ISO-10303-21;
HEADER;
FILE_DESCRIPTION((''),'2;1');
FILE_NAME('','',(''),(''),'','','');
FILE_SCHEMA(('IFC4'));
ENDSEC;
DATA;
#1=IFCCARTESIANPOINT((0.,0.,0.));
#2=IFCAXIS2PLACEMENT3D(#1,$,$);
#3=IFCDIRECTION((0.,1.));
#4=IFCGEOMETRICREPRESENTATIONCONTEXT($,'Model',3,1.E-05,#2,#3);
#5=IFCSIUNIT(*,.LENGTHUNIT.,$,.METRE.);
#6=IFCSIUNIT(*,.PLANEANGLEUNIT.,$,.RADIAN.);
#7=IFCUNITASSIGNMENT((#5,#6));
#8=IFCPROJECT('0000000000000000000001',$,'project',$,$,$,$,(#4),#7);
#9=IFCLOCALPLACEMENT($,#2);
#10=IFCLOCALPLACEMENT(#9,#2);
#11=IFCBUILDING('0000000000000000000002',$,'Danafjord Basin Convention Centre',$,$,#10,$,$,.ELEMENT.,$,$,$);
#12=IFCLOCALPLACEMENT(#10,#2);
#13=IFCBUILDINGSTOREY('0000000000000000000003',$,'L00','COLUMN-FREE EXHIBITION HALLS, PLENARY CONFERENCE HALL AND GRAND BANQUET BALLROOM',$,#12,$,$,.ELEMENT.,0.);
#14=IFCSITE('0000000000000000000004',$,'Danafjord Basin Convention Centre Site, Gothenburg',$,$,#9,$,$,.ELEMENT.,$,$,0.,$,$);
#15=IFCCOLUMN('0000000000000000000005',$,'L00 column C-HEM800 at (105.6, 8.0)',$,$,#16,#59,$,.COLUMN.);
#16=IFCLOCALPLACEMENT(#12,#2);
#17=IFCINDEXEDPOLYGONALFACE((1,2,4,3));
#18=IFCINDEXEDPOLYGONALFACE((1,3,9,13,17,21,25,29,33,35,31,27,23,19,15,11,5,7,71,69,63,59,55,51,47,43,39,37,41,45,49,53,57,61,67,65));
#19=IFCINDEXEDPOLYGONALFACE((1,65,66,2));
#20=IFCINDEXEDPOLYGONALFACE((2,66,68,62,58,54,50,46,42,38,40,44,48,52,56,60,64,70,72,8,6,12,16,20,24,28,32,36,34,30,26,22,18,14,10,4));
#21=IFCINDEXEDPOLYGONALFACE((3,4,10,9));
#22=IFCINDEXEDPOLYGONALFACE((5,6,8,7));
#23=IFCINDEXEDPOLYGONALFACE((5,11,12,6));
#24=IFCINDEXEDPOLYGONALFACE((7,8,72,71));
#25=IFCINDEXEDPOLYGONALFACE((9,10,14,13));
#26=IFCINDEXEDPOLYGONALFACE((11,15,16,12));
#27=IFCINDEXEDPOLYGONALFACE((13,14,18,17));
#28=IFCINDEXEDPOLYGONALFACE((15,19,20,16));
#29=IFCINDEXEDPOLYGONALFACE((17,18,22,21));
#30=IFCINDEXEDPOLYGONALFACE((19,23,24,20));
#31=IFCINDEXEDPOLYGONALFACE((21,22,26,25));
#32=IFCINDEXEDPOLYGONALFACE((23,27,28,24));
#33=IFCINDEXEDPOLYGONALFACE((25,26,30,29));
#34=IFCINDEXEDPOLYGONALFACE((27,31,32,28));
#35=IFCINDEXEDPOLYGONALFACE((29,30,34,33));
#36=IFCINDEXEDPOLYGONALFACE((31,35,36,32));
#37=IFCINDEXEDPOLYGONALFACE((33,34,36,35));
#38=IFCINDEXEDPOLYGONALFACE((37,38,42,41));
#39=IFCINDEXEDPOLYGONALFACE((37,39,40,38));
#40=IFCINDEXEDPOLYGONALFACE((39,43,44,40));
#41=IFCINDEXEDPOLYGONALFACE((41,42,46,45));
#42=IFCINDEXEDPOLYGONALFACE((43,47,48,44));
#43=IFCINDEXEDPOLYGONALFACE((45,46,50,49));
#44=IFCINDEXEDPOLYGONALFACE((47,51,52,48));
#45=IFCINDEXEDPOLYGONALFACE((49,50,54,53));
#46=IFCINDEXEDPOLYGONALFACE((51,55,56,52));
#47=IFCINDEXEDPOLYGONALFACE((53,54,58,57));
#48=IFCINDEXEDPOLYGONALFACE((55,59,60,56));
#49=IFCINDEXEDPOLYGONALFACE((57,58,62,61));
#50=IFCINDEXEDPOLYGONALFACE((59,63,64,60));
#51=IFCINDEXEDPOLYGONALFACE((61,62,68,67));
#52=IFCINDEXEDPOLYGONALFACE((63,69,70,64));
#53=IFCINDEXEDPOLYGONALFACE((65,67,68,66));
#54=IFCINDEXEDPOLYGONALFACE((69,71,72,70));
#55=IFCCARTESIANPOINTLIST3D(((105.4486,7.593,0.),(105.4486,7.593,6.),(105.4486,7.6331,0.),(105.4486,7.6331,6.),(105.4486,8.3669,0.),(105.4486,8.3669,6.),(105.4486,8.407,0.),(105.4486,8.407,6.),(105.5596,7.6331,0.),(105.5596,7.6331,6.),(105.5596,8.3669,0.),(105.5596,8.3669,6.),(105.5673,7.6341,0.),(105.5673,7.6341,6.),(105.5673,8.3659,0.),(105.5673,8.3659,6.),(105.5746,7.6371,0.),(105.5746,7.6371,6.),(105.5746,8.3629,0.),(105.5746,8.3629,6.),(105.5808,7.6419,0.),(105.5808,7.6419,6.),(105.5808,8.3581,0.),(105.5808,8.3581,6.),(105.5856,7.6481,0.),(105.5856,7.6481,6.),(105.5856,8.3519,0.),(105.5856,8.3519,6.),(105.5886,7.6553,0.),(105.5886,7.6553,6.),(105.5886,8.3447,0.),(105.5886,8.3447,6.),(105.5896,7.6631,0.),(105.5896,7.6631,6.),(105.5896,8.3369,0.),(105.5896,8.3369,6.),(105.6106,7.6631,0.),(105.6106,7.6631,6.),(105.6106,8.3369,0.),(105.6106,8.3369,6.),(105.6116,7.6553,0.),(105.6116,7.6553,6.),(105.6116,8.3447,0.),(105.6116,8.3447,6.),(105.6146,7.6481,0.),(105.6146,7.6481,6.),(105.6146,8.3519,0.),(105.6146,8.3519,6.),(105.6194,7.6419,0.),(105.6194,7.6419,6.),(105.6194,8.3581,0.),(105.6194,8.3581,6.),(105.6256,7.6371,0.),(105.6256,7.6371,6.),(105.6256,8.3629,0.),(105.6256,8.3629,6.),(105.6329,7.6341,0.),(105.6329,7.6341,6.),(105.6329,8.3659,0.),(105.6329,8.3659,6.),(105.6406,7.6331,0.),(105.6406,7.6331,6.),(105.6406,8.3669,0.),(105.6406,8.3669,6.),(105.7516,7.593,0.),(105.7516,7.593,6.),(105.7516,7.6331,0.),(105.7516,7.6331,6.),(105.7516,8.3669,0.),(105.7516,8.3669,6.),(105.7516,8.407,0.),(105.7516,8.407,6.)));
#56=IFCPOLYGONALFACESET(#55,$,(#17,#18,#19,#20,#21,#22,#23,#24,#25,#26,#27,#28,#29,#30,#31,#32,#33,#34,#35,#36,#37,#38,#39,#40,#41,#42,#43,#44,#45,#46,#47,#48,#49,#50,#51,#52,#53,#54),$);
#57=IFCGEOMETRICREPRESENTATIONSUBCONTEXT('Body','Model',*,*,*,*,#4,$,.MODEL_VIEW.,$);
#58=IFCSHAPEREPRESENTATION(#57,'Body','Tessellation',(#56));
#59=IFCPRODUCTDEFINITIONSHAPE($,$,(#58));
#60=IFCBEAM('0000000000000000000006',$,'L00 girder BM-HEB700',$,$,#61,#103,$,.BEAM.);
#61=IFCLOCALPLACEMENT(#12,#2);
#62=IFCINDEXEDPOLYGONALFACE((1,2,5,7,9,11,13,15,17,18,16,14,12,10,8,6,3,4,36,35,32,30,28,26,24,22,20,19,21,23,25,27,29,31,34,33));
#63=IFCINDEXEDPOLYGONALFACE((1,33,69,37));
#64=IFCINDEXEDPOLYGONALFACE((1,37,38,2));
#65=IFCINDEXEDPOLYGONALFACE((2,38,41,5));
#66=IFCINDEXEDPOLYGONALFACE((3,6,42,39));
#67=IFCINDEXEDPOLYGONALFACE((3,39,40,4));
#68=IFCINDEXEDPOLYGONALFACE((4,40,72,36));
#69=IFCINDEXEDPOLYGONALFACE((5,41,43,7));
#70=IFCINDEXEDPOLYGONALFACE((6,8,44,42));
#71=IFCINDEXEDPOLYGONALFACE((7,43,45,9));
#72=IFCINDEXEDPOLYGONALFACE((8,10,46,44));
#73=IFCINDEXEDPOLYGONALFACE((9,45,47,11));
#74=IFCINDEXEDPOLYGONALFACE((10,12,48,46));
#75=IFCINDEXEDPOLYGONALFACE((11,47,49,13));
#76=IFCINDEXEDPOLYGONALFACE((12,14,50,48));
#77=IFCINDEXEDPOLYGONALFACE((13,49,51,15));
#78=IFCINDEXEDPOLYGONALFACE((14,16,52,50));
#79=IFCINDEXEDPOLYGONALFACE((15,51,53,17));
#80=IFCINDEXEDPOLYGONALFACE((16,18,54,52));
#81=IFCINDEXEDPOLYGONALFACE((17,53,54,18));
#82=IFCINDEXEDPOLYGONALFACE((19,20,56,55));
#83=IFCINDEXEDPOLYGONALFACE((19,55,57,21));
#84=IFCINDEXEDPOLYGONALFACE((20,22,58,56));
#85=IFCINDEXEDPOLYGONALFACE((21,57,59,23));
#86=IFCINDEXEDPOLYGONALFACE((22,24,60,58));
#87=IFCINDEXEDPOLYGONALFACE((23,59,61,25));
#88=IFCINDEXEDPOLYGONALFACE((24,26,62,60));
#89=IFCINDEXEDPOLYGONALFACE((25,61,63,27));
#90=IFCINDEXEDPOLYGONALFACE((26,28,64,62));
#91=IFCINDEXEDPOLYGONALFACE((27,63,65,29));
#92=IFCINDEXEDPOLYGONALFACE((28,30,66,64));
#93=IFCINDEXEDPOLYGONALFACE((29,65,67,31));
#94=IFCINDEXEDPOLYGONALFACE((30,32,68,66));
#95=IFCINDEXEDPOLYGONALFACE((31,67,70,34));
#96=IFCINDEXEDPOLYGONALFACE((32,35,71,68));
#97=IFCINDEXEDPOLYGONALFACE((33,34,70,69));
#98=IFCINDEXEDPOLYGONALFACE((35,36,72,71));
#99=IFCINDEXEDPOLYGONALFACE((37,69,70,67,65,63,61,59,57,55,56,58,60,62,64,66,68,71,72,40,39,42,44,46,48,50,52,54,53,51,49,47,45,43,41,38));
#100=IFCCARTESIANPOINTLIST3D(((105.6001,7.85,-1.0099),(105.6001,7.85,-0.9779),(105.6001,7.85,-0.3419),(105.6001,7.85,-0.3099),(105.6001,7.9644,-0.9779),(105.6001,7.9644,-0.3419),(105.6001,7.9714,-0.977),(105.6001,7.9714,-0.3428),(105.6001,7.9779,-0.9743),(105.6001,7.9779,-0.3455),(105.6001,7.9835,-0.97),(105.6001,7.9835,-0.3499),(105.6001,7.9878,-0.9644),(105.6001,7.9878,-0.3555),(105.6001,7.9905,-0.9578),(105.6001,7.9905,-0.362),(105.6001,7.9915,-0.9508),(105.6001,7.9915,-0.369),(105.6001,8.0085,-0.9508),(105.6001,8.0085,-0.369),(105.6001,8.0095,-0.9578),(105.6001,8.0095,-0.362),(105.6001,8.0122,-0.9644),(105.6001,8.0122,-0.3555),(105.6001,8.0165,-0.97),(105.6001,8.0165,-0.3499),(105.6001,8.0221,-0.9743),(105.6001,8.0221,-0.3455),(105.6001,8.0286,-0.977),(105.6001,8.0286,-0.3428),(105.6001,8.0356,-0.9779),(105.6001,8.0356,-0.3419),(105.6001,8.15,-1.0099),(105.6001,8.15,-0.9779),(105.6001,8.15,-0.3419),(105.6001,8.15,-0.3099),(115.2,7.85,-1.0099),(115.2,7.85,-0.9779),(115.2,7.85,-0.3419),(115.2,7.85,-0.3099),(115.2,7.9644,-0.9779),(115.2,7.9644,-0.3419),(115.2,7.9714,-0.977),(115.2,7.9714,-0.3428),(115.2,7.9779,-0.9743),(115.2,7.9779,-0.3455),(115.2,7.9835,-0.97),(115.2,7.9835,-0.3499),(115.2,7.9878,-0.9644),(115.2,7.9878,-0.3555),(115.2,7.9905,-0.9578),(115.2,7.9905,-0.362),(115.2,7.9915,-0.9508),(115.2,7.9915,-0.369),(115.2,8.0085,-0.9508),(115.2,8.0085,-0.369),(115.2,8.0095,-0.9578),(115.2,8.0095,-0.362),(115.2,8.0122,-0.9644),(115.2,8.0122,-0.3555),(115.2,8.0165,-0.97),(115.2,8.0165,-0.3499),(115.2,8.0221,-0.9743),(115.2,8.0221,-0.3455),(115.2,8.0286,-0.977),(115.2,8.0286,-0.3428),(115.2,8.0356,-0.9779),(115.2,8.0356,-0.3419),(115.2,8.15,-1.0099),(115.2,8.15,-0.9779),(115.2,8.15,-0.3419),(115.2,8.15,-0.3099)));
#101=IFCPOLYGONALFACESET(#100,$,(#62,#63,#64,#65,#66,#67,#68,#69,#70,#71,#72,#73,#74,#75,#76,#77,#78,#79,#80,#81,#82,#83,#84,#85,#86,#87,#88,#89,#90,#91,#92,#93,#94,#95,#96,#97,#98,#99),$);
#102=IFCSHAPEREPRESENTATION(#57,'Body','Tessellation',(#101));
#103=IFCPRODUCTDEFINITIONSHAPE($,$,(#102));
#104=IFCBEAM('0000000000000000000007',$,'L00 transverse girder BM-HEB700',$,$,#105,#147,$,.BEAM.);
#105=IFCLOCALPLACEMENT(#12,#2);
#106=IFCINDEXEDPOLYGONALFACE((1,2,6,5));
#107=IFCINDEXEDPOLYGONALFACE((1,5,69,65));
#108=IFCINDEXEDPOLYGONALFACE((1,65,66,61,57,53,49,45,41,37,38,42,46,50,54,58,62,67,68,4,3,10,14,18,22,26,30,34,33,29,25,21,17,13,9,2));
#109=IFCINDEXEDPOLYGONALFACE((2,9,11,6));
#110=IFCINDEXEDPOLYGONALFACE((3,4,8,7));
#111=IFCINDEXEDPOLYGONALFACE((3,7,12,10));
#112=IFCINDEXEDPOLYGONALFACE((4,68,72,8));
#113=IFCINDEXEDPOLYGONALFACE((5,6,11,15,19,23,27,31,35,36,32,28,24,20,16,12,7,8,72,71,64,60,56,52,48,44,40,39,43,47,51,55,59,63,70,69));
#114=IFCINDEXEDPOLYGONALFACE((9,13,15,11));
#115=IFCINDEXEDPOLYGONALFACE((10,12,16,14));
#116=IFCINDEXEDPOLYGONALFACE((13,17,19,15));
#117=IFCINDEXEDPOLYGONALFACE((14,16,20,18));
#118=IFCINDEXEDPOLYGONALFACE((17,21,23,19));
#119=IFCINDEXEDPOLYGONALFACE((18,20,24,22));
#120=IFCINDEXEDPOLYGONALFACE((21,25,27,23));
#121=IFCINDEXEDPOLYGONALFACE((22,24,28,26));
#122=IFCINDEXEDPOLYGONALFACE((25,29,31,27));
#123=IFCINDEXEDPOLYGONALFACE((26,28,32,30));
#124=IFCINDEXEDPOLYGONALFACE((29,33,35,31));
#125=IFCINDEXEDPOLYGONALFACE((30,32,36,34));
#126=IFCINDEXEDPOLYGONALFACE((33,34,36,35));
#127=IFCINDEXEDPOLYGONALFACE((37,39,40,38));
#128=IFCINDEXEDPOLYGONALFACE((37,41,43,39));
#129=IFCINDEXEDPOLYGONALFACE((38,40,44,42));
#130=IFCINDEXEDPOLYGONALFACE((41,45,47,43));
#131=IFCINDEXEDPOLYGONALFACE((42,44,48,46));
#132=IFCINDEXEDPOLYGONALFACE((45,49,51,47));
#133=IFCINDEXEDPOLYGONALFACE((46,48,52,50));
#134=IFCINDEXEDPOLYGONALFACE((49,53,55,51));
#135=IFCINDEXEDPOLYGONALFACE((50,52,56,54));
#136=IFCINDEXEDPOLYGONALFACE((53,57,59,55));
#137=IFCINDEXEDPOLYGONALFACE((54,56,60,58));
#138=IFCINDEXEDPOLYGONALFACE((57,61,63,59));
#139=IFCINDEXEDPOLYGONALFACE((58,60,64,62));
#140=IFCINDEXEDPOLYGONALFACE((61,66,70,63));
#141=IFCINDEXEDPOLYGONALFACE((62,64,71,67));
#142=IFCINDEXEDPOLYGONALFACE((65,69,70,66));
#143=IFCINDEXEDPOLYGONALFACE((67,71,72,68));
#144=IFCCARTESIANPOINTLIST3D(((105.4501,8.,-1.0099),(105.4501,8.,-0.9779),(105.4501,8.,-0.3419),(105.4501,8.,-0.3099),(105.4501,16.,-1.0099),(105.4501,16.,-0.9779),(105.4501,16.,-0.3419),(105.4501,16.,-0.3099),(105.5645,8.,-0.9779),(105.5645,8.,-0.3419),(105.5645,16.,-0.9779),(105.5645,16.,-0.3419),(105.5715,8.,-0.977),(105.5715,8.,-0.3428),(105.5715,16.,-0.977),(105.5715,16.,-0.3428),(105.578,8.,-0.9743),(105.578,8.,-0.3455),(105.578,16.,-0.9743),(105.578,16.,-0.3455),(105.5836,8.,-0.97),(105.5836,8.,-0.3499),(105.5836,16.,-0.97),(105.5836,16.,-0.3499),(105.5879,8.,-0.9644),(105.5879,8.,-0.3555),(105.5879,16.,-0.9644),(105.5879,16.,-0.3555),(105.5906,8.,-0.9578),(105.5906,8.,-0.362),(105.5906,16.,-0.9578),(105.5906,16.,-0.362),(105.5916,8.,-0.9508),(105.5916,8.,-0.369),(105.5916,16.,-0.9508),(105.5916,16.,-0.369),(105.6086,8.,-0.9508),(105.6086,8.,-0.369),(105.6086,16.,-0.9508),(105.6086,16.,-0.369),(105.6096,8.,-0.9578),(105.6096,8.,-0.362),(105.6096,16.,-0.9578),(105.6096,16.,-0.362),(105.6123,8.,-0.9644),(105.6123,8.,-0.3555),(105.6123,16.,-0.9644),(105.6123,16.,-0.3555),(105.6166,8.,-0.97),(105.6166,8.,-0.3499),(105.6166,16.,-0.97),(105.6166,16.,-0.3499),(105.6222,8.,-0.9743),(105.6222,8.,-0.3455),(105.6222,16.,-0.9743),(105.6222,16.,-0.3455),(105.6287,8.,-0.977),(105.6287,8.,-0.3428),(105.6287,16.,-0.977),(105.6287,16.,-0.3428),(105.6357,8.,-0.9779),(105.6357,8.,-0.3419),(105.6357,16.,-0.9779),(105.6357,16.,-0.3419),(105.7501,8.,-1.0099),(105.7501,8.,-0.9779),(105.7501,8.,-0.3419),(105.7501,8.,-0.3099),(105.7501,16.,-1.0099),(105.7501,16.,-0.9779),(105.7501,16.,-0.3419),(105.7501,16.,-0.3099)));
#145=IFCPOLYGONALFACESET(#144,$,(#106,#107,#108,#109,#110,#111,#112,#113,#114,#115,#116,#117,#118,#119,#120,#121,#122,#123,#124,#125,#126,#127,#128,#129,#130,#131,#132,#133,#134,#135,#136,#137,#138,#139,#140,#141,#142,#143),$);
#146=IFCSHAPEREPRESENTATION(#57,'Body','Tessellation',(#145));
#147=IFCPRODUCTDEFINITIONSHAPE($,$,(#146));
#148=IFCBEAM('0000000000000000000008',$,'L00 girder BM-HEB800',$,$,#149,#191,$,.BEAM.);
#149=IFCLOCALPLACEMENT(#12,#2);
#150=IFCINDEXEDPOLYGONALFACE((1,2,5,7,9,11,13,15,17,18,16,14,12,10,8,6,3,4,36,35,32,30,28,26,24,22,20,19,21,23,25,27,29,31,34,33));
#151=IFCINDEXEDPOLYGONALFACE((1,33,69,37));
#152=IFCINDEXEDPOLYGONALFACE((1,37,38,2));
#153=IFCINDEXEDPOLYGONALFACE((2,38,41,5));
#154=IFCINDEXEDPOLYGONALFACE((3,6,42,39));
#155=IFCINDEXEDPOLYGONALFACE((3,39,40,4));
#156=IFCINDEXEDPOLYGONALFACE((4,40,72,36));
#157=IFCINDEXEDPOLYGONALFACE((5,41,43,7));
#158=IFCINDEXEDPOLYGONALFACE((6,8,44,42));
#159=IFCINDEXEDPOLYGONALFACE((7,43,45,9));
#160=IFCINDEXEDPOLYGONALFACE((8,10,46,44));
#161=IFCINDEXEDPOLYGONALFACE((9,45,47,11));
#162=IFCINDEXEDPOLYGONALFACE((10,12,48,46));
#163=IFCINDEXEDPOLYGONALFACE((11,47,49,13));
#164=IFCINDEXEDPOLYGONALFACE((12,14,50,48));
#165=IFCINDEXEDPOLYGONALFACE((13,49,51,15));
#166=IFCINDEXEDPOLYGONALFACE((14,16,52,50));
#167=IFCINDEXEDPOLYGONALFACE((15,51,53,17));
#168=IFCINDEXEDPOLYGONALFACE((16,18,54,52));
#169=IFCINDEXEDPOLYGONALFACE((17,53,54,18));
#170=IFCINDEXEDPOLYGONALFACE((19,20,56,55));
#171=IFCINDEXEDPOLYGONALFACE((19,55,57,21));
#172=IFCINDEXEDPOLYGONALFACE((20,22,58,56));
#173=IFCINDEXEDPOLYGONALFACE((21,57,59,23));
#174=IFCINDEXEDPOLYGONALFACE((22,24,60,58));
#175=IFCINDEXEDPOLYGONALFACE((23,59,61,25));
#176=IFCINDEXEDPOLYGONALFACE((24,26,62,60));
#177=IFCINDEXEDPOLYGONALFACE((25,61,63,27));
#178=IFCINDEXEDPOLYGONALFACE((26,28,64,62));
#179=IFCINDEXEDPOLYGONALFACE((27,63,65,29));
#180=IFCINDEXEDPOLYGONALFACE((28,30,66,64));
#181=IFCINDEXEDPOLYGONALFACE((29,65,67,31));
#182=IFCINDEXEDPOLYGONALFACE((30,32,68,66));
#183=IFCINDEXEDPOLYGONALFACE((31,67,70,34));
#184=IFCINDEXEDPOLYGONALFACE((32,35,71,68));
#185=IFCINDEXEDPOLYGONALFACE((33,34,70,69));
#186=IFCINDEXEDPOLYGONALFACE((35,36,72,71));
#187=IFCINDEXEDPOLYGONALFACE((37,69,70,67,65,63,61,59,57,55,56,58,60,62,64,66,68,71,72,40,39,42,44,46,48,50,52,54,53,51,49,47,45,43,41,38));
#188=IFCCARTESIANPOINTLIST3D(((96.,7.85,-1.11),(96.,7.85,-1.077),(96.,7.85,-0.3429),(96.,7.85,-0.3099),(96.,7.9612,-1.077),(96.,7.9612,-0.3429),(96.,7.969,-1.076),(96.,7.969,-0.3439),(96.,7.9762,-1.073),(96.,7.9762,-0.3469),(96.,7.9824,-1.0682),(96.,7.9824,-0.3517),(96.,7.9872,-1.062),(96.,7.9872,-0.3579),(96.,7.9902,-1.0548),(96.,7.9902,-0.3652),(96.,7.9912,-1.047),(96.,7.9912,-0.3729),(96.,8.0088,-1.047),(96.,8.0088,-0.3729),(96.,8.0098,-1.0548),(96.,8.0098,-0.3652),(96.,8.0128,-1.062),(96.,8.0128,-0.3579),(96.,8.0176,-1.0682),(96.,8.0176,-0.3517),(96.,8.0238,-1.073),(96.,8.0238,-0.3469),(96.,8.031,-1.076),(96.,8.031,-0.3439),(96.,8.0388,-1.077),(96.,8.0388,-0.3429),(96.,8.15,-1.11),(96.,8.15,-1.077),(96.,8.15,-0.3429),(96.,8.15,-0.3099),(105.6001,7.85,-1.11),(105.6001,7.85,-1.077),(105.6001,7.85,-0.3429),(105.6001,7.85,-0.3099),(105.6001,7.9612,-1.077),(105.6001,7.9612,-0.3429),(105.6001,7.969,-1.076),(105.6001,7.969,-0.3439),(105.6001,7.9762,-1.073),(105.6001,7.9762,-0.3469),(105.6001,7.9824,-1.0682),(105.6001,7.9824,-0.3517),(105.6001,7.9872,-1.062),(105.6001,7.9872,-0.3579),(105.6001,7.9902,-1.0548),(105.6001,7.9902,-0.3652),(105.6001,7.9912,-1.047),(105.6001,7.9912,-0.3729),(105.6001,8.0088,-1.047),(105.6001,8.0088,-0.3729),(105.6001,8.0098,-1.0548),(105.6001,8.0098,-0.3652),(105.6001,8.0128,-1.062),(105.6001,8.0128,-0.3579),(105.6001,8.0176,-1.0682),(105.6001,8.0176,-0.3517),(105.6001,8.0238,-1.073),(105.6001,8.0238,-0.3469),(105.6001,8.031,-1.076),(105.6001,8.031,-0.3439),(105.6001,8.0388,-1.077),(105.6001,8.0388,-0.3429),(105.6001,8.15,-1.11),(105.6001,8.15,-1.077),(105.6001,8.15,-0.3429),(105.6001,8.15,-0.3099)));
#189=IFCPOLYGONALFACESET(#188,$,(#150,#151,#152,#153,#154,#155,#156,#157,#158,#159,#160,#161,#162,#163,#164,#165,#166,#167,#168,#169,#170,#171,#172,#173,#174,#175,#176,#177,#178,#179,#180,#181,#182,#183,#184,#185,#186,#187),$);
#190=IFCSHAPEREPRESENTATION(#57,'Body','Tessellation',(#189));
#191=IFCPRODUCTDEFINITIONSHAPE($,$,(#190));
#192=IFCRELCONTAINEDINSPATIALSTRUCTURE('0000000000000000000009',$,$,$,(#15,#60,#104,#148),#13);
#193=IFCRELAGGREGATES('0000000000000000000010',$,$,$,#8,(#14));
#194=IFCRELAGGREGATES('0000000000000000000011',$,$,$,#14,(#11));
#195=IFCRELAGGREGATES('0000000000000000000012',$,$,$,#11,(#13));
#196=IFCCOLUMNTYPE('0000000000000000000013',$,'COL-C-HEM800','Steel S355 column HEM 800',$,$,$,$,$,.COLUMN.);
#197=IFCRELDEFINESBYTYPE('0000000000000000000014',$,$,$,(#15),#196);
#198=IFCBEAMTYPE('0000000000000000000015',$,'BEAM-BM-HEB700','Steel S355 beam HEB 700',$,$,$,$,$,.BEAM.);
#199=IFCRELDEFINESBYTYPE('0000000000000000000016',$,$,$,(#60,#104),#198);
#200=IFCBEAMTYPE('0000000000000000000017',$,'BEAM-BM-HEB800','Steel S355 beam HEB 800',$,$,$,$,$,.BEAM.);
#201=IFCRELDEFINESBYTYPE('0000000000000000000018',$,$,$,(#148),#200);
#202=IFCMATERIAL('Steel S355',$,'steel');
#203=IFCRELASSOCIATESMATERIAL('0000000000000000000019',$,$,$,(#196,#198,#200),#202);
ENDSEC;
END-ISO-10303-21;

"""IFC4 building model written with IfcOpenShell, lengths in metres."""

from ifc_helpers import new_model, si_unit, direction, frame, origin, origin_2d, place, context, subcontext, project, spatial, i_section, extrude, material, material_profile, profile_set, type_object, element, save


model = new_model("IFC4")

# Units and contexts
model_context = context("Model", 3, precision=1e-05, world=origin(), true_north=direction((0.0, 1.0)))
body_context = subcontext(model_context, "Body", "Model", "MODEL_VIEW")
ifc_project = project(units=[si_unit("LENGTHUNIT", "METRE"), si_unit("PLANEANGLEUNIT", "RADIAN")], contexts=[model_context])

# Site, building, storey
site_placement = place(None, origin())
site = spatial("IfcSite", under=ifc_project, at=site_placement, Name="Danafjord Basin Convention Centre Site, Gothenburg", CompositionType="ELEMENT", RefElevation=0.0)
building_placement = place(site_placement, origin())
building = spatial("IfcBuilding", under=site, at=building_placement, Name="Danafjord Basin Convention Centre", CompositionType="ELEMENT")
storey_placement = place(building_placement, origin())
storey = spatial("IfcBuildingStorey", under=building, at=storey_placement, Name="L00", Description="COLUMN-FREE EXHIBITION HALLS, PLENARY CONFERENCE HALL AND GRAND BANQUET BALLROOM", CompositionType="ELEMENT", Elevation=0.0)

# Column
ifc_material_1 = material(Name="Steel S355", Category="steel")
ifc_material_profile_1 = material_profile(ifc_material_1, i_section(OverallWidth=0.303, OverallDepth=0.814, WebThickness=0.021, FlangeThickness=0.04, FilletRadius=0.03, at=origin_2d()), Name="HEM 800")
ifc_profile_set_1 = profile_set([ifc_material_profile_1], Name="Steel S355")
column_type_1 = type_object("IfcColumnType", Name="COL-C-HEM800", Description="Steel S355 column HEM 800", PredefinedType="COLUMN", material=ifc_profile_set_1)
column_1_placement = place(storey_placement, frame((105.6001, 8.0, 0.0), z_axis=(0.0, 0.0, 1.0), x_axis=(1.0, 0.0, 0.0)))
element("IfcColumn", 1, at=column_1_placement, inside=storey, type_object=column_type_1, Name="L00 column C-HEM800 at (105.6, 8.0)", PredefinedType="COLUMN", context=body_context, shape_type="SweptSolid", body=[
    extrude(i_section(OverallWidth=0.303, OverallDepth=0.814, WebThickness=0.021, FlangeThickness=0.04, FilletRadius=0.03, at=origin_2d()), origin(), (0.0, 0.0, 1.0), 6.0),
])

# Beams
ifc_material_profile_2 = material_profile(ifc_material_1, i_section(OverallWidth=0.3, OverallDepth=0.7, WebThickness=0.0171, FlangeThickness=0.032, FilletRadius=0.0271, at=origin_2d()), Name="HEB 700")
ifc_profile_set_2 = profile_set([ifc_material_profile_2], Name="Steel S355")
beam_type_1 = type_object("IfcBeamType", Name="BEAM-BM-HEB700", Description="Steel S355 beam HEB 700", PredefinedType="BEAM", material=ifc_profile_set_2)
beam_1_placement = place(storey_placement, frame((105.6001, 8.0, -0.6599), z_axis=(1.0, 0.0, 0.0), x_axis=(0.0, 1.0, 0.0)))
element("IfcBeam", 2, at=beam_1_placement, inside=storey, type_object=beam_type_1, Name="L00 girder BM-HEB700", PredefinedType="BEAM", context=body_context, shape_type="SweptSolid", body=[
    extrude(i_section(OverallWidth=0.3, OverallDepth=0.7, WebThickness=0.0171, FlangeThickness=0.032, FilletRadius=0.0271, at=origin_2d()), origin(), (0.0, 0.0, 1.0), 9.5999),
])
beam_2_placement = place(storey_placement, frame((105.6001, 8.0, -0.6599), z_axis=(0.0, 1.0, 0.0), x_axis=(-1.0, 0.0, 0.0)))
element("IfcBeam", 3, at=beam_2_placement, inside=storey, type_object=beam_type_1, Name="L00 transverse girder BM-HEB700", PredefinedType="BEAM", context=body_context, shape_type="SweptSolid", body=[
    extrude(i_section(OverallWidth=0.3, OverallDepth=0.7, WebThickness=0.0171, FlangeThickness=0.032, FilletRadius=0.0271, at=origin_2d()), origin(), (0.0, 0.0, 1.0), 8.0),
])
ifc_material_profile_3 = material_profile(ifc_material_1, i_section(OverallWidth=0.3, OverallDepth=0.8, WebThickness=0.0176, FlangeThickness=0.033, FilletRadius=0.03, at=origin_2d()), Name="HEB 800")
ifc_profile_set_3 = profile_set([ifc_material_profile_3], Name="Steel S355")
beam_type_2 = type_object("IfcBeamType", Name="BEAM-BM-HEB800", Description="Steel S355 beam HEB 800", PredefinedType="BEAM", material=ifc_profile_set_3)
beam_3_placement = place(storey_placement, frame((96.0, 8.0, -0.71), z_axis=(1.0, 0.0, 0.0), x_axis=(0.0, 1.0, 0.0)))
element("IfcBeam", 4, at=beam_3_placement, inside=storey, type_object=beam_type_2, Name="L00 girder BM-HEB800", PredefinedType="BEAM", context=body_context, shape_type="SweptSolid", body=[
    extrude(i_section(OverallWidth=0.3, OverallDepth=0.8, WebThickness=0.0176, FlangeThickness=0.033, FilletRadius=0.03, at=origin_2d()), origin(), (0.0, 0.0, 1.0), 9.6001),
])

save(model, "model.ifc")
